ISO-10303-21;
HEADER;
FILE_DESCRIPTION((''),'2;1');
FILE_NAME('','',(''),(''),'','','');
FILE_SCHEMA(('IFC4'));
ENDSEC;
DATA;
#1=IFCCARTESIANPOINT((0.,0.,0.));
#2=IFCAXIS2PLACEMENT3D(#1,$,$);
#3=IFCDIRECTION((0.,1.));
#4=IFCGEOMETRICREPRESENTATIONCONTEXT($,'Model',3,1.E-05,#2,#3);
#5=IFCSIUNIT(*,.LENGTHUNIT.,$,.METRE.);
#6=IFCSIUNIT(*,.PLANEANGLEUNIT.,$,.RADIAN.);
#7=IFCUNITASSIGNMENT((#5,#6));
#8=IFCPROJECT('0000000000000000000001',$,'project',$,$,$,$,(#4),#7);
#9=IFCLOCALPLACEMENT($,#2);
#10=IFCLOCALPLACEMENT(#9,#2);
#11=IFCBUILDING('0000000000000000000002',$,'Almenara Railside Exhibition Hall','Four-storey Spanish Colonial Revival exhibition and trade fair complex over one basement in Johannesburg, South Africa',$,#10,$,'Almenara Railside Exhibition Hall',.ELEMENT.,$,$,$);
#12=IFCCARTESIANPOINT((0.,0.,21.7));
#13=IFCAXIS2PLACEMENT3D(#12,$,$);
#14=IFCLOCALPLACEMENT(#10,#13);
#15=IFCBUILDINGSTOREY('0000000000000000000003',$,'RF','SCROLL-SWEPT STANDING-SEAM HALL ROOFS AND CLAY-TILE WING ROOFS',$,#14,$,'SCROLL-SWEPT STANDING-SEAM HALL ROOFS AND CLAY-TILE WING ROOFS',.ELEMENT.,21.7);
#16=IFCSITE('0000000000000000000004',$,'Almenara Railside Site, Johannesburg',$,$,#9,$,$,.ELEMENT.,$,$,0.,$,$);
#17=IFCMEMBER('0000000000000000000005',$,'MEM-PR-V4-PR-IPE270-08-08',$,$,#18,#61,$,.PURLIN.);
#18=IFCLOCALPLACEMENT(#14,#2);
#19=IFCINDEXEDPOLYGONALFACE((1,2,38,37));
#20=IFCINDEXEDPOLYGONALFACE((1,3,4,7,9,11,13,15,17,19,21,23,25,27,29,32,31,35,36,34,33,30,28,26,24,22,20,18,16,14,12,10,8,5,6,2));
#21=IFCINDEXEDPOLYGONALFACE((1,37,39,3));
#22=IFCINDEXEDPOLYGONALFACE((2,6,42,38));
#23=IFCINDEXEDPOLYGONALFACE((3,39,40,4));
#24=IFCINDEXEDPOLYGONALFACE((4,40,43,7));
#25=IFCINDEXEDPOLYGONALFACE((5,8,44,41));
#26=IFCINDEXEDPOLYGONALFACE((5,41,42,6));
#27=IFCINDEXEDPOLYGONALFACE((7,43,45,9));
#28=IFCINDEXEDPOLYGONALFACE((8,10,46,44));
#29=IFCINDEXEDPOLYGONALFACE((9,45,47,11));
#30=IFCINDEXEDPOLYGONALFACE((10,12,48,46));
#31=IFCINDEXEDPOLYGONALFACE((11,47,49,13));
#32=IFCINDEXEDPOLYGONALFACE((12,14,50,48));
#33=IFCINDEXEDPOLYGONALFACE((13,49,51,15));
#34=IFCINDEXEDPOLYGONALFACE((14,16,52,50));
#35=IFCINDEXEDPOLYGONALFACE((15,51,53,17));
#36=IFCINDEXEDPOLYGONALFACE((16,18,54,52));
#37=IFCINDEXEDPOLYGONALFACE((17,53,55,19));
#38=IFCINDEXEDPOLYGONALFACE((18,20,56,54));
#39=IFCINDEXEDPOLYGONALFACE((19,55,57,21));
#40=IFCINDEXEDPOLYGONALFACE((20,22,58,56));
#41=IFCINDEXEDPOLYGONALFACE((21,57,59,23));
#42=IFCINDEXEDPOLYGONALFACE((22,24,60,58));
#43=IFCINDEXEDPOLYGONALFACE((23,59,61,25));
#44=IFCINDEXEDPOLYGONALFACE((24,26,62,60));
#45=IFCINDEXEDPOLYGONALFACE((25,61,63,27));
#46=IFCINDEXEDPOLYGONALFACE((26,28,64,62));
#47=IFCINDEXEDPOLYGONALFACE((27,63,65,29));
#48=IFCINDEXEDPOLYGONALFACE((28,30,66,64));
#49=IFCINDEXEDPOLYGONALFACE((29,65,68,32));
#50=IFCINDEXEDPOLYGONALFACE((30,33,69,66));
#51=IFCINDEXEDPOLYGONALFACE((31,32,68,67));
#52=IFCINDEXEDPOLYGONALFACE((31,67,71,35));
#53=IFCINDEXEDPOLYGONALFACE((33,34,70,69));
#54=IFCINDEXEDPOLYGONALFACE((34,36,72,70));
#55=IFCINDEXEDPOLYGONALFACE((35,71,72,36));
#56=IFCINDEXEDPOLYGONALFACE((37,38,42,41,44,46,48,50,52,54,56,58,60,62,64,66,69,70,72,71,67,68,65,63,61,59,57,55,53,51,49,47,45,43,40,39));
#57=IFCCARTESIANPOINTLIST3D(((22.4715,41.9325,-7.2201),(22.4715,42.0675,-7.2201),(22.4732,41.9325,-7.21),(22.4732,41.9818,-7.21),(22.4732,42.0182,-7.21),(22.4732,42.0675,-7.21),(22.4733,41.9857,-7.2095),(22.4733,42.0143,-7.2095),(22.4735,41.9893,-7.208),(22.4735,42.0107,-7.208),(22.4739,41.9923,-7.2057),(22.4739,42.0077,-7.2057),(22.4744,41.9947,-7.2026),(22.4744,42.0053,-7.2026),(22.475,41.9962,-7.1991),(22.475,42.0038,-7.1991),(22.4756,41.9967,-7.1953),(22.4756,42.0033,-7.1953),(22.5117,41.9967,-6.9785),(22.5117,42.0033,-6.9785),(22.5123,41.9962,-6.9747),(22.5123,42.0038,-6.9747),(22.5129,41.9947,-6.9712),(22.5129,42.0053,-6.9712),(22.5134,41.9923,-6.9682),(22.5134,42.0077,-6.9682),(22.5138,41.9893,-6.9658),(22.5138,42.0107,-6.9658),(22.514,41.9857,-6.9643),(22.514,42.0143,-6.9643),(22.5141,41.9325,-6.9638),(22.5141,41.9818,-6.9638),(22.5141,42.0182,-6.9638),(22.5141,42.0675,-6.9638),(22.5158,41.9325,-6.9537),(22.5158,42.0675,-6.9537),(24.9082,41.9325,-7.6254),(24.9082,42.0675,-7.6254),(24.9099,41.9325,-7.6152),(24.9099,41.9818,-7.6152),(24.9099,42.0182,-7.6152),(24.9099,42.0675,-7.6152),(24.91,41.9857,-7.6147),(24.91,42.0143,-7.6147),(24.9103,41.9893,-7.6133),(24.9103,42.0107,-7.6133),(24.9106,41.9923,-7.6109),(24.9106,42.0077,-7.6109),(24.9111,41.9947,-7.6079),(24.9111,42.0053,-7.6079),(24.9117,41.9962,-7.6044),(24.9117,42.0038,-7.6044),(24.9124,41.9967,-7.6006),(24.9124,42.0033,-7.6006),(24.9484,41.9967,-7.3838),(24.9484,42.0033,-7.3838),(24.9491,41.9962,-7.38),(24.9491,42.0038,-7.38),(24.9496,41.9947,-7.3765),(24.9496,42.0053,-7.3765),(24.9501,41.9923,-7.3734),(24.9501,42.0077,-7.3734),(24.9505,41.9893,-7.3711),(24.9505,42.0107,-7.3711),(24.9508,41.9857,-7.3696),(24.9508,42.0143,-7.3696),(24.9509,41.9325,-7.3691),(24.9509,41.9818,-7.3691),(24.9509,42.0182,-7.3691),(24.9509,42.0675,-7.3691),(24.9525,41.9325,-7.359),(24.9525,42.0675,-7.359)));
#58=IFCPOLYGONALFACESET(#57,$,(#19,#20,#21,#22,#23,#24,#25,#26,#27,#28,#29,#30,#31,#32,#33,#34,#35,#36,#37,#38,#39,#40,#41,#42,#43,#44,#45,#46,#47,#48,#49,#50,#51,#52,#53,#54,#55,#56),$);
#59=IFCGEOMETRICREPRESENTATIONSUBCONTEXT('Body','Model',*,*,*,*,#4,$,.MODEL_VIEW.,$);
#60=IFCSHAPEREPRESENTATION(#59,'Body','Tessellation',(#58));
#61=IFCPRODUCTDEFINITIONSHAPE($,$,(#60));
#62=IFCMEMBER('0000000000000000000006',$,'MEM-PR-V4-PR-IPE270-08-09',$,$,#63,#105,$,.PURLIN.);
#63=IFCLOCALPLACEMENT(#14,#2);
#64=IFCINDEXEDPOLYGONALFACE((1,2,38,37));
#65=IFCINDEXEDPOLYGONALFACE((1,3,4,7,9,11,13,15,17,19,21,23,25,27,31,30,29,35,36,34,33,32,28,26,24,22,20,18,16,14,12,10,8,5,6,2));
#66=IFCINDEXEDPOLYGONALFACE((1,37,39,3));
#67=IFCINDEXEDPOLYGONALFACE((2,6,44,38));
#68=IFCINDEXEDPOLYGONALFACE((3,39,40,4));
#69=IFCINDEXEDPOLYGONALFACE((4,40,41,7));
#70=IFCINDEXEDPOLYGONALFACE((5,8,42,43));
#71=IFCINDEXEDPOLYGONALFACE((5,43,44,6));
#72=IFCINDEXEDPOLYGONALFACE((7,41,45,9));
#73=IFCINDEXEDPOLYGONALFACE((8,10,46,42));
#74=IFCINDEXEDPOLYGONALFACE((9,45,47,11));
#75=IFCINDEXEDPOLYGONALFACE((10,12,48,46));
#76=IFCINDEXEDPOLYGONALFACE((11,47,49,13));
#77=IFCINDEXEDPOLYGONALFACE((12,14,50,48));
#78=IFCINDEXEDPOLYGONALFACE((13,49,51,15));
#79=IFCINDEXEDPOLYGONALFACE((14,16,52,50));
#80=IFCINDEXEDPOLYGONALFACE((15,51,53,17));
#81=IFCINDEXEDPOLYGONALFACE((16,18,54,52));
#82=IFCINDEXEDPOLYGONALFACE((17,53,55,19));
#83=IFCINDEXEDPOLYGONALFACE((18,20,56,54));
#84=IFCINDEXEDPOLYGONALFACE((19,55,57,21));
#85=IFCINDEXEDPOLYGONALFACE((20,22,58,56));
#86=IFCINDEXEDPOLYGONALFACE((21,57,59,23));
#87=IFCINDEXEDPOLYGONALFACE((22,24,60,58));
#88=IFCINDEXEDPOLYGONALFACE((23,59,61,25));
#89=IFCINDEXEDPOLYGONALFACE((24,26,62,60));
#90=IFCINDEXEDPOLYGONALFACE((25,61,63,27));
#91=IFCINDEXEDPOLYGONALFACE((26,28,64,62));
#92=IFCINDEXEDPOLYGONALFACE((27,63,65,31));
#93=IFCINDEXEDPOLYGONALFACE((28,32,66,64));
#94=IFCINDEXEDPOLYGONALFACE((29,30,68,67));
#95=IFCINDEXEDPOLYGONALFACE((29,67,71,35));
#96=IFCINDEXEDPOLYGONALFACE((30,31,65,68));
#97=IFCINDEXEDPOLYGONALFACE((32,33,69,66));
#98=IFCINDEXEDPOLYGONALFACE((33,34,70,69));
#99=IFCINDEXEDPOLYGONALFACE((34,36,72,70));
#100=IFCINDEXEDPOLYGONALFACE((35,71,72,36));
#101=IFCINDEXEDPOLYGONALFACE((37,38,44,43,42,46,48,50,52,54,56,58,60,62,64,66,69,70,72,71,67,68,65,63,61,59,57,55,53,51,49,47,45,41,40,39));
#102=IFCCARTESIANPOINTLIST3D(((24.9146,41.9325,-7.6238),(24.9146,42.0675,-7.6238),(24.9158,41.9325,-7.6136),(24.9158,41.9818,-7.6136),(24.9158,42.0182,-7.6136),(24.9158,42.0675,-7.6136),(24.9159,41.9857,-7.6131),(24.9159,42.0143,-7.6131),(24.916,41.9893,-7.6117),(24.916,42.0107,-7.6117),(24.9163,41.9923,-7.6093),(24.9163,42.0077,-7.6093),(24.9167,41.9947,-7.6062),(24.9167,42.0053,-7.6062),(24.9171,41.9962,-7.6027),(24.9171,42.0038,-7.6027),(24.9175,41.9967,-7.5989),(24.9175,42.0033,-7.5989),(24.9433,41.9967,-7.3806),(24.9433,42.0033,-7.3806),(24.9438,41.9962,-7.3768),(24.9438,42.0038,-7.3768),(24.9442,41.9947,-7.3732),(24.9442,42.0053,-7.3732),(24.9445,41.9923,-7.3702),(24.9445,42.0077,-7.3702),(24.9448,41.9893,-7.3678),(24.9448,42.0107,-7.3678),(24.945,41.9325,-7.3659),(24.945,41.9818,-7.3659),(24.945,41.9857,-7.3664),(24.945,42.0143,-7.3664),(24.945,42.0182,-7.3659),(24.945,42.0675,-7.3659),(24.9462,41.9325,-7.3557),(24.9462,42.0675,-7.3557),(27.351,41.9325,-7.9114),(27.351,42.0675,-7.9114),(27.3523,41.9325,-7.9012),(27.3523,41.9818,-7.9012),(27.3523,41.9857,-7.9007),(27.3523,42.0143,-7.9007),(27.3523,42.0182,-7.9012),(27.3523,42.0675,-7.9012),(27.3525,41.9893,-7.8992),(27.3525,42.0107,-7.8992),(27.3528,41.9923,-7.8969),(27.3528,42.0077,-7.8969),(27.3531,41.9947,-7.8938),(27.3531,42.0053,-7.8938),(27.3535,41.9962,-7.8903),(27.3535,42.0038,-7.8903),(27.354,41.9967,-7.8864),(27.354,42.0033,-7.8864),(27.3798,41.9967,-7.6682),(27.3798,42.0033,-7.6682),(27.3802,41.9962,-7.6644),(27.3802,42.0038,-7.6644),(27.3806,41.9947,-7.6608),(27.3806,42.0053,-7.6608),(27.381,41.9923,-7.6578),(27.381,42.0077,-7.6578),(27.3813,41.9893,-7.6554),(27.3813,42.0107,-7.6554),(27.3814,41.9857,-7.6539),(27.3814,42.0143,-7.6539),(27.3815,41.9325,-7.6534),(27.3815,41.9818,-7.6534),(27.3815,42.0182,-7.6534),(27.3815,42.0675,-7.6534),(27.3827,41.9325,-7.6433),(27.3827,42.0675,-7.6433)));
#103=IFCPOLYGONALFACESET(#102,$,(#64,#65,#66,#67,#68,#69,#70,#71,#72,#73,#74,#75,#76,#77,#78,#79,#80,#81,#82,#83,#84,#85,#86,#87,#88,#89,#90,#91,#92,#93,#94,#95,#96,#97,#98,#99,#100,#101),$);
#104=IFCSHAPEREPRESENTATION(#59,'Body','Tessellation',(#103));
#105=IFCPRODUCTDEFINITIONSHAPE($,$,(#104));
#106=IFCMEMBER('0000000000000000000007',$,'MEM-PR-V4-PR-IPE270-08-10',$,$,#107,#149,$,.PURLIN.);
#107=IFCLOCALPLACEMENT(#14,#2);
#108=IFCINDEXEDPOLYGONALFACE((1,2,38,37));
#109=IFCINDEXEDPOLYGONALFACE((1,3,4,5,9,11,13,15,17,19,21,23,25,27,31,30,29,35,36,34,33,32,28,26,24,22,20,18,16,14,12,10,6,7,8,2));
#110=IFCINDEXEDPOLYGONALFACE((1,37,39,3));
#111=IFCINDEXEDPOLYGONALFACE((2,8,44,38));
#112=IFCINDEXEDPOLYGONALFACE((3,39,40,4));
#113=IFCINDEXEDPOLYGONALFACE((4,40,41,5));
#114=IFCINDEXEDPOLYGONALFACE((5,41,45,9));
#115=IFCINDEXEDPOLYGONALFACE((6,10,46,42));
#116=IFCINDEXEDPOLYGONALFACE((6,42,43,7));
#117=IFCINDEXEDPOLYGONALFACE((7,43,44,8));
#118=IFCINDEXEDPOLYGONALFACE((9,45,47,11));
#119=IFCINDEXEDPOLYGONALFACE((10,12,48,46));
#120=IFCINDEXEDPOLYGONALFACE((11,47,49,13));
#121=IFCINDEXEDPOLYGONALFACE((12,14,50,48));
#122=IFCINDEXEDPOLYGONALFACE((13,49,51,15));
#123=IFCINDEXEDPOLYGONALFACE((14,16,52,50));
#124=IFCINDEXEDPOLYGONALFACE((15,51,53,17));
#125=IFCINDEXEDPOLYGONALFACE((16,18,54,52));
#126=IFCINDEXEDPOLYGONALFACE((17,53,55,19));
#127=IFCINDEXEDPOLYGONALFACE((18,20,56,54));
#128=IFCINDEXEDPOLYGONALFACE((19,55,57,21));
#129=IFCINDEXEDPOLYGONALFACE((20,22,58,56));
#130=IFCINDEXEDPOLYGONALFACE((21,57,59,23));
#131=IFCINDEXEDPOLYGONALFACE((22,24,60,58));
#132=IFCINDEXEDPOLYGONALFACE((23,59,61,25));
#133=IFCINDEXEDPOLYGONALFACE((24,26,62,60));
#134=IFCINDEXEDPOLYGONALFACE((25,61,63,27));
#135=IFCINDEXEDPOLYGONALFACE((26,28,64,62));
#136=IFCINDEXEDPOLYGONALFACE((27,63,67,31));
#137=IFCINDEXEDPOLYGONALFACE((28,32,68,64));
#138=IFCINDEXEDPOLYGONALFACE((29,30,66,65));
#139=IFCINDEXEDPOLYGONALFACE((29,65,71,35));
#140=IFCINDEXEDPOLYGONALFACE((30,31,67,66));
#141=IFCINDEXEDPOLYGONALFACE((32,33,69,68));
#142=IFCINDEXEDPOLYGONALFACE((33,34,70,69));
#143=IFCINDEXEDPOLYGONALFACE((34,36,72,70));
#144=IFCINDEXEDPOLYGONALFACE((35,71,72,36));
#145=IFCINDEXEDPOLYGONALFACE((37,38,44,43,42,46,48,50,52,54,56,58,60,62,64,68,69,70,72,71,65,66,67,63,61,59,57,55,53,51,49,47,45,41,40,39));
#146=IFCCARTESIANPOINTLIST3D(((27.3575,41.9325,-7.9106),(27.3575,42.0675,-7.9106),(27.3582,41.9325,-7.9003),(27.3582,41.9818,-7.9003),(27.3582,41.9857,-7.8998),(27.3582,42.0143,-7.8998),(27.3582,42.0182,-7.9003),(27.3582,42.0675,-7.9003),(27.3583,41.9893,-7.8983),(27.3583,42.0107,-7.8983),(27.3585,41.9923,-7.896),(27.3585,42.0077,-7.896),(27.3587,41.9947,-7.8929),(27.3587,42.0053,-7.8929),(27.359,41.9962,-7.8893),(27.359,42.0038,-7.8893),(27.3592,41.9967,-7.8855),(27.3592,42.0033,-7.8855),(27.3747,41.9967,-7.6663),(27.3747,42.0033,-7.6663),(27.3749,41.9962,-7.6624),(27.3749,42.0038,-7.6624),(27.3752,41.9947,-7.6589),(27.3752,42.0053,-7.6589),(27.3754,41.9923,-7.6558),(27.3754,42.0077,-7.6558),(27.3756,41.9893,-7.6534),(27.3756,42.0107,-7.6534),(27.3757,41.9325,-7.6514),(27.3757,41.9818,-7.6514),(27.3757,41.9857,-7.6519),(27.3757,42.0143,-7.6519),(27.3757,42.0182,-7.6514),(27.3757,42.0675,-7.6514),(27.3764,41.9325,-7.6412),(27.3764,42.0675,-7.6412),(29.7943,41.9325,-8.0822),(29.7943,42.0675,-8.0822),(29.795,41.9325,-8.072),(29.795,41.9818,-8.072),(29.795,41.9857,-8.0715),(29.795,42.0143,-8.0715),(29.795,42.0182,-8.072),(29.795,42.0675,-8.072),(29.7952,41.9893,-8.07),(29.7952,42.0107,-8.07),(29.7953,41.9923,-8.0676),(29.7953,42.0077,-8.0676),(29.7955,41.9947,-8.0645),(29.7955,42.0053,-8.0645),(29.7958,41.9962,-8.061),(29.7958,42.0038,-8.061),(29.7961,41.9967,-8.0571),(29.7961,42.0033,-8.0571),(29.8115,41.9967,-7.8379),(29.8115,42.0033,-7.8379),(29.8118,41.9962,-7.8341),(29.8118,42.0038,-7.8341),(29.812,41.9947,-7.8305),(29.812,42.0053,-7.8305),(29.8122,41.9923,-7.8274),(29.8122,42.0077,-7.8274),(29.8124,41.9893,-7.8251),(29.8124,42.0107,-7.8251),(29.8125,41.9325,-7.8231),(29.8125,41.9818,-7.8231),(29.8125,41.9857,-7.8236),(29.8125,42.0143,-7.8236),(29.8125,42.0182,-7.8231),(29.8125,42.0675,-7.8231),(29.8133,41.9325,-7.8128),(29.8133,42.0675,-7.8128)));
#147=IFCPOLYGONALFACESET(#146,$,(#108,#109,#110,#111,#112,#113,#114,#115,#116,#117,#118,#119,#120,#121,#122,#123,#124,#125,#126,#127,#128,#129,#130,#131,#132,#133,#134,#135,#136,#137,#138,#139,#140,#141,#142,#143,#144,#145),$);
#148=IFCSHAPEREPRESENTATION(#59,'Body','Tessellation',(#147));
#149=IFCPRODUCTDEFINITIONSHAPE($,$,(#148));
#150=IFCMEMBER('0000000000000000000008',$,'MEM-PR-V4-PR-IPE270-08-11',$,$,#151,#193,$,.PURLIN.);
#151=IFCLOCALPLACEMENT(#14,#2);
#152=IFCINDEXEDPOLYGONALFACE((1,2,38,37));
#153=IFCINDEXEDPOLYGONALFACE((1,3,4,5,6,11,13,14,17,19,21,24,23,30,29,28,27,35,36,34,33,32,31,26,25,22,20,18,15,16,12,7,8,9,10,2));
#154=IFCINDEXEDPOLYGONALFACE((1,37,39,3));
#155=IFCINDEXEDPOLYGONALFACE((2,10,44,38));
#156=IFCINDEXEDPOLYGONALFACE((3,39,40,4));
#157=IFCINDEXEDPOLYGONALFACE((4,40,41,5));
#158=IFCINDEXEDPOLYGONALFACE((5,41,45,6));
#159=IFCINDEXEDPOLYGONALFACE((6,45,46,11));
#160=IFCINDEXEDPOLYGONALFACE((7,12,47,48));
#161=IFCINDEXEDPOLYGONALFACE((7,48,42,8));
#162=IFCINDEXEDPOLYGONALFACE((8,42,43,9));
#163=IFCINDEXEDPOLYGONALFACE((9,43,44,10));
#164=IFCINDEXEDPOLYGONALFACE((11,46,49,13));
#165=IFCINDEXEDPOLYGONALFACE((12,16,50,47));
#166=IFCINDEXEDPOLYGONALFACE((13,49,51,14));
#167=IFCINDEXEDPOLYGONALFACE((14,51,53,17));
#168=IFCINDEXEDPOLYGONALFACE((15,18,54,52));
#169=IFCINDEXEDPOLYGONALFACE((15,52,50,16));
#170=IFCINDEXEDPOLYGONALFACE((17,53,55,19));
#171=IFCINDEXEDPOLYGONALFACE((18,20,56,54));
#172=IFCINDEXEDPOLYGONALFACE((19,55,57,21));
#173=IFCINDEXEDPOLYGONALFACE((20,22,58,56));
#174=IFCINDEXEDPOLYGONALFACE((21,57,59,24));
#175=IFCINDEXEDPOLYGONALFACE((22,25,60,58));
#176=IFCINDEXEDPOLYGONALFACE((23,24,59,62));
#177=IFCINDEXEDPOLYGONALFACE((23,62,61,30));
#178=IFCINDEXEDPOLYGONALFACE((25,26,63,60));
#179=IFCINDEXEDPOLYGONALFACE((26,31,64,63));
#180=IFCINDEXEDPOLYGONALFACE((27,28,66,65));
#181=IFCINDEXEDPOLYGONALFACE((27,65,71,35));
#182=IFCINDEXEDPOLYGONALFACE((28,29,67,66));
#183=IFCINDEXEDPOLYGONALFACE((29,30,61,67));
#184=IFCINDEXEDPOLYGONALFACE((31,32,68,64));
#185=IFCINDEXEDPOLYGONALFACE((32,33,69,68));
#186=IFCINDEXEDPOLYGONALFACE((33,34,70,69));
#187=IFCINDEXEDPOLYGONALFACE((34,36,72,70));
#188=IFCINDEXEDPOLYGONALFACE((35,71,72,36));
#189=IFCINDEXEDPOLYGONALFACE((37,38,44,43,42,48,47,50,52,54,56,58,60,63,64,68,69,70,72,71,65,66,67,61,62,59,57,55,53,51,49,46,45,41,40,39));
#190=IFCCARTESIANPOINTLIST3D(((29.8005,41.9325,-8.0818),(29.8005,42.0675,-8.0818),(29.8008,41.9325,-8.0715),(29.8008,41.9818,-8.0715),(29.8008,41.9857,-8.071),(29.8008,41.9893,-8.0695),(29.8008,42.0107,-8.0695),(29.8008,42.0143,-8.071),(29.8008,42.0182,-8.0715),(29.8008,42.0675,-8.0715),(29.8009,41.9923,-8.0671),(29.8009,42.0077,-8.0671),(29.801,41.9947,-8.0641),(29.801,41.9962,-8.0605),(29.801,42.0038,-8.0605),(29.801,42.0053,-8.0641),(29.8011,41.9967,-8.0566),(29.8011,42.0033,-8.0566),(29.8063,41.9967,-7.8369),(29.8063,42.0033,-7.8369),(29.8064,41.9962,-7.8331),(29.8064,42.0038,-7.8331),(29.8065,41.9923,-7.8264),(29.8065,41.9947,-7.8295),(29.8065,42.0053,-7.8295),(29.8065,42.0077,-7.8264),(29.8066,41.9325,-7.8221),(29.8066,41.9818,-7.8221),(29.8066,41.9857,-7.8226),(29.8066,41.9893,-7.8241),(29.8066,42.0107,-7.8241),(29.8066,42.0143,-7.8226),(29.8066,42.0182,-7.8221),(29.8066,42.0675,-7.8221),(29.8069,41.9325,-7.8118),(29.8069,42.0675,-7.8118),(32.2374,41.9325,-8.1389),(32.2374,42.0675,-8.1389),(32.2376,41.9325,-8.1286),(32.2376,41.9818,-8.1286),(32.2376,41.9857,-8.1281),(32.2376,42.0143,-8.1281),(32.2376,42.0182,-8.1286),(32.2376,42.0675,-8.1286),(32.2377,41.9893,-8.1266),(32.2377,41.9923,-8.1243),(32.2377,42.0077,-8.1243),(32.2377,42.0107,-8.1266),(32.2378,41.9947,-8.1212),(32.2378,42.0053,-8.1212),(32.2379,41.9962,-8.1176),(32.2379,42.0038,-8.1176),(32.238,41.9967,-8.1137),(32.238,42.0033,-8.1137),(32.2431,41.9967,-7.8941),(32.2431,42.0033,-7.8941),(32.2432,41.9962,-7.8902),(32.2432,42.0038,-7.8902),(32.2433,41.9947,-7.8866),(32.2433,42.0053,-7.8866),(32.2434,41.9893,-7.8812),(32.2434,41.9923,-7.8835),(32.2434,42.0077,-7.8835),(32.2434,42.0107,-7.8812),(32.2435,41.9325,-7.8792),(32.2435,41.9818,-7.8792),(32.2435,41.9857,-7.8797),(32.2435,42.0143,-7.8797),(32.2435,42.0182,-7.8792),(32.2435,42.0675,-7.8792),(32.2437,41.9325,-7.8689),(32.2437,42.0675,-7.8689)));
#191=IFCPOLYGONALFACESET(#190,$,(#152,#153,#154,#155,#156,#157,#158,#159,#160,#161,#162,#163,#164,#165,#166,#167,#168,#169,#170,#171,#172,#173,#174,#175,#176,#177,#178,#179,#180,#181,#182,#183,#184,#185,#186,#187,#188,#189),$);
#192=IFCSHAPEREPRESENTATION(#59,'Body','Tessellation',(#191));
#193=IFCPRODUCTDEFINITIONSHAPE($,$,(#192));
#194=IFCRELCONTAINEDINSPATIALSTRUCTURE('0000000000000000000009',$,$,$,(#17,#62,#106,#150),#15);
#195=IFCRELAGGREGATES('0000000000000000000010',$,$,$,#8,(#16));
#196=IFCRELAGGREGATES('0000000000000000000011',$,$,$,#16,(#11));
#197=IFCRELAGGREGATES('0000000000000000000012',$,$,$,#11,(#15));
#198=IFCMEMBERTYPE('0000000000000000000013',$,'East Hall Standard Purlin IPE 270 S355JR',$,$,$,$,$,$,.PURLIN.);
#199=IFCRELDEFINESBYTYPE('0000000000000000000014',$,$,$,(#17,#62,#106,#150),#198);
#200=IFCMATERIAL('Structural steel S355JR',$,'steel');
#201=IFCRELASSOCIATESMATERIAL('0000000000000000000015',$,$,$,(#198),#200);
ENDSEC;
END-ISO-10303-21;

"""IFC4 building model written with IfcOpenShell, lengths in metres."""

from ifc_helpers import new_model, si_unit, direction, frame, origin, origin_2d, place, context, subcontext, project, spatial, i_section, extrude, material, material_profile, profile_set, type_object, element, save


model = new_model("IFC4")

# Units and contexts
model_context = context("Model", 3, precision=1e-05, world=origin(), true_north=direction((0.0, 1.0)))
body_context = subcontext(model_context, "Body", "Model", "MODEL_VIEW")
ifc_project = project(units=[si_unit("LENGTHUNIT", "METRE"), si_unit("PLANEANGLEUNIT", "RADIAN")], contexts=[model_context])

# Site, building, storey
site_placement = place(None, origin())
site = spatial("IfcSite", under=ifc_project, at=site_placement, Name="Almenara Railside Site, Johannesburg", CompositionType="ELEMENT", RefElevation=0.0)
building_placement = place(site_placement, origin())
building = spatial("IfcBuilding", under=site, at=building_placement, Name="Almenara Railside Exhibition Hall", Description="Four-storey Spanish Colonial Revival exhibition and trade fair complex over one basement in Johannesburg, South Africa", LongName="Almenara Railside Exhibition Hall", CompositionType="ELEMENT")
storey_placement = place(building_placement, frame((0.0, 0.0, 21.7)))
storey = spatial("IfcBuildingStorey", under=building, at=storey_placement, Name="RF", Description="SCROLL-SWEPT STANDING-SEAM HALL ROOFS AND CLAY-TILE WING ROOFS", LongName="SCROLL-SWEPT STANDING-SEAM HALL ROOFS AND CLAY-TILE WING ROOFS", CompositionType="ELEMENT", Elevation=21.7)

# Shared definitions
ifc_material_1 = material(Name="Structural steel S355JR", Category="steel")

# Members
ifc_material_profile_1 = material_profile(ifc_material_1, i_section(OverallWidth=0.135, OverallDepth=0.27, WebThickness=0.0066, FlangeThickness=0.0103, FilletRadius=0.0149, at=origin_2d()), Name="IPE 270")
ifc_profile_set_1 = profile_set([ifc_material_profile_1], Name="Structural steel S355JR")
member_type_1 = type_object("IfcMemberType", Name="East Hall Standard Purlin IPE 270 S355JR", PredefinedType="PURLIN", material=ifc_profile_set_1)
member_1_placement = place(storey_placement, frame((22.4937, 42.0, -7.0869), z_axis=(0.98645, 0.0, -0.164062), x_axis=(0.0, 1.0, 0.0)))
element("IfcMember", 1, at=member_1_placement, inside=storey, type_object=member_type_1, Name="MEM-PR-V4-PR-IPE270-08-08", PredefinedType="PURLIN", context=body_context, shape_type="SweptSolid", body=[
    extrude(i_section(OverallWidth=0.135, OverallDepth=0.27, WebThickness=0.0066, FlangeThickness=0.0103, FilletRadius=0.0149, at=origin_2d()), origin(), (0.0, 0.0, 1.0), 2.4702),
])
member_2_placement = place(storey_placement, frame((24.9304, 42.0, -7.4897), z_axis=(0.993106, 0.0, -0.117222), x_axis=(0.0, 1.0, 0.0)))
element("IfcMember", 2, at=member_2_placement, inside=storey, type_object=member_type_1, Name="MEM-PR-V4-PR-IPE270-08-09", PredefinedType="PURLIN", context=body_context, shape_type="SweptSolid", body=[
    extrude(i_section(OverallWidth=0.135, OverallDepth=0.27, WebThickness=0.0066, FlangeThickness=0.0103, FilletRadius=0.0149, at=origin_2d()), origin(), (0.0, 0.0, 1.0), 2.4534),
])
member_3_placement = place(storey_placement, frame((27.3669, 42.0, -7.7759), z_axis=(0.997529, 0.0, -0.07026), x_axis=(0.0, 1.0, 0.0)))
element("IfcMember", 3, at=member_3_placement, inside=storey, type_object=member_type_1, Name="MEM-PR-V4-PR-IPE270-08-10", PredefinedType="PURLIN", context=body_context, shape_type="SweptSolid", body=[
    extrude(i_section(OverallWidth=0.135, OverallDepth=0.27, WebThickness=0.0066, FlangeThickness=0.0103, FilletRadius=0.0149, at=origin_2d()), origin(), (0.0, 0.0, 1.0), 2.4429),
])
member_4_placement = place(storey_placement, frame((29.8037, 42.0, -7.9468), z_axis=(0.999725, 0.0, -0.023438), x_axis=(0.0, 1.0, 0.0)))
element("IfcMember", 4, at=member_4_placement, inside=storey, type_object=member_type_1, Name="MEM-PR-V4-PR-IPE270-08-11", PredefinedType="PURLIN", context=body_context, shape_type="SweptSolid", body=[
    extrude(i_section(OverallWidth=0.135, OverallDepth=0.27, WebThickness=0.0066, FlangeThickness=0.0103, FilletRadius=0.0149, at=origin_2d()), origin(), (0.0, 0.0, 1.0), 2.4375),
])

save(model, "model.ifc")
